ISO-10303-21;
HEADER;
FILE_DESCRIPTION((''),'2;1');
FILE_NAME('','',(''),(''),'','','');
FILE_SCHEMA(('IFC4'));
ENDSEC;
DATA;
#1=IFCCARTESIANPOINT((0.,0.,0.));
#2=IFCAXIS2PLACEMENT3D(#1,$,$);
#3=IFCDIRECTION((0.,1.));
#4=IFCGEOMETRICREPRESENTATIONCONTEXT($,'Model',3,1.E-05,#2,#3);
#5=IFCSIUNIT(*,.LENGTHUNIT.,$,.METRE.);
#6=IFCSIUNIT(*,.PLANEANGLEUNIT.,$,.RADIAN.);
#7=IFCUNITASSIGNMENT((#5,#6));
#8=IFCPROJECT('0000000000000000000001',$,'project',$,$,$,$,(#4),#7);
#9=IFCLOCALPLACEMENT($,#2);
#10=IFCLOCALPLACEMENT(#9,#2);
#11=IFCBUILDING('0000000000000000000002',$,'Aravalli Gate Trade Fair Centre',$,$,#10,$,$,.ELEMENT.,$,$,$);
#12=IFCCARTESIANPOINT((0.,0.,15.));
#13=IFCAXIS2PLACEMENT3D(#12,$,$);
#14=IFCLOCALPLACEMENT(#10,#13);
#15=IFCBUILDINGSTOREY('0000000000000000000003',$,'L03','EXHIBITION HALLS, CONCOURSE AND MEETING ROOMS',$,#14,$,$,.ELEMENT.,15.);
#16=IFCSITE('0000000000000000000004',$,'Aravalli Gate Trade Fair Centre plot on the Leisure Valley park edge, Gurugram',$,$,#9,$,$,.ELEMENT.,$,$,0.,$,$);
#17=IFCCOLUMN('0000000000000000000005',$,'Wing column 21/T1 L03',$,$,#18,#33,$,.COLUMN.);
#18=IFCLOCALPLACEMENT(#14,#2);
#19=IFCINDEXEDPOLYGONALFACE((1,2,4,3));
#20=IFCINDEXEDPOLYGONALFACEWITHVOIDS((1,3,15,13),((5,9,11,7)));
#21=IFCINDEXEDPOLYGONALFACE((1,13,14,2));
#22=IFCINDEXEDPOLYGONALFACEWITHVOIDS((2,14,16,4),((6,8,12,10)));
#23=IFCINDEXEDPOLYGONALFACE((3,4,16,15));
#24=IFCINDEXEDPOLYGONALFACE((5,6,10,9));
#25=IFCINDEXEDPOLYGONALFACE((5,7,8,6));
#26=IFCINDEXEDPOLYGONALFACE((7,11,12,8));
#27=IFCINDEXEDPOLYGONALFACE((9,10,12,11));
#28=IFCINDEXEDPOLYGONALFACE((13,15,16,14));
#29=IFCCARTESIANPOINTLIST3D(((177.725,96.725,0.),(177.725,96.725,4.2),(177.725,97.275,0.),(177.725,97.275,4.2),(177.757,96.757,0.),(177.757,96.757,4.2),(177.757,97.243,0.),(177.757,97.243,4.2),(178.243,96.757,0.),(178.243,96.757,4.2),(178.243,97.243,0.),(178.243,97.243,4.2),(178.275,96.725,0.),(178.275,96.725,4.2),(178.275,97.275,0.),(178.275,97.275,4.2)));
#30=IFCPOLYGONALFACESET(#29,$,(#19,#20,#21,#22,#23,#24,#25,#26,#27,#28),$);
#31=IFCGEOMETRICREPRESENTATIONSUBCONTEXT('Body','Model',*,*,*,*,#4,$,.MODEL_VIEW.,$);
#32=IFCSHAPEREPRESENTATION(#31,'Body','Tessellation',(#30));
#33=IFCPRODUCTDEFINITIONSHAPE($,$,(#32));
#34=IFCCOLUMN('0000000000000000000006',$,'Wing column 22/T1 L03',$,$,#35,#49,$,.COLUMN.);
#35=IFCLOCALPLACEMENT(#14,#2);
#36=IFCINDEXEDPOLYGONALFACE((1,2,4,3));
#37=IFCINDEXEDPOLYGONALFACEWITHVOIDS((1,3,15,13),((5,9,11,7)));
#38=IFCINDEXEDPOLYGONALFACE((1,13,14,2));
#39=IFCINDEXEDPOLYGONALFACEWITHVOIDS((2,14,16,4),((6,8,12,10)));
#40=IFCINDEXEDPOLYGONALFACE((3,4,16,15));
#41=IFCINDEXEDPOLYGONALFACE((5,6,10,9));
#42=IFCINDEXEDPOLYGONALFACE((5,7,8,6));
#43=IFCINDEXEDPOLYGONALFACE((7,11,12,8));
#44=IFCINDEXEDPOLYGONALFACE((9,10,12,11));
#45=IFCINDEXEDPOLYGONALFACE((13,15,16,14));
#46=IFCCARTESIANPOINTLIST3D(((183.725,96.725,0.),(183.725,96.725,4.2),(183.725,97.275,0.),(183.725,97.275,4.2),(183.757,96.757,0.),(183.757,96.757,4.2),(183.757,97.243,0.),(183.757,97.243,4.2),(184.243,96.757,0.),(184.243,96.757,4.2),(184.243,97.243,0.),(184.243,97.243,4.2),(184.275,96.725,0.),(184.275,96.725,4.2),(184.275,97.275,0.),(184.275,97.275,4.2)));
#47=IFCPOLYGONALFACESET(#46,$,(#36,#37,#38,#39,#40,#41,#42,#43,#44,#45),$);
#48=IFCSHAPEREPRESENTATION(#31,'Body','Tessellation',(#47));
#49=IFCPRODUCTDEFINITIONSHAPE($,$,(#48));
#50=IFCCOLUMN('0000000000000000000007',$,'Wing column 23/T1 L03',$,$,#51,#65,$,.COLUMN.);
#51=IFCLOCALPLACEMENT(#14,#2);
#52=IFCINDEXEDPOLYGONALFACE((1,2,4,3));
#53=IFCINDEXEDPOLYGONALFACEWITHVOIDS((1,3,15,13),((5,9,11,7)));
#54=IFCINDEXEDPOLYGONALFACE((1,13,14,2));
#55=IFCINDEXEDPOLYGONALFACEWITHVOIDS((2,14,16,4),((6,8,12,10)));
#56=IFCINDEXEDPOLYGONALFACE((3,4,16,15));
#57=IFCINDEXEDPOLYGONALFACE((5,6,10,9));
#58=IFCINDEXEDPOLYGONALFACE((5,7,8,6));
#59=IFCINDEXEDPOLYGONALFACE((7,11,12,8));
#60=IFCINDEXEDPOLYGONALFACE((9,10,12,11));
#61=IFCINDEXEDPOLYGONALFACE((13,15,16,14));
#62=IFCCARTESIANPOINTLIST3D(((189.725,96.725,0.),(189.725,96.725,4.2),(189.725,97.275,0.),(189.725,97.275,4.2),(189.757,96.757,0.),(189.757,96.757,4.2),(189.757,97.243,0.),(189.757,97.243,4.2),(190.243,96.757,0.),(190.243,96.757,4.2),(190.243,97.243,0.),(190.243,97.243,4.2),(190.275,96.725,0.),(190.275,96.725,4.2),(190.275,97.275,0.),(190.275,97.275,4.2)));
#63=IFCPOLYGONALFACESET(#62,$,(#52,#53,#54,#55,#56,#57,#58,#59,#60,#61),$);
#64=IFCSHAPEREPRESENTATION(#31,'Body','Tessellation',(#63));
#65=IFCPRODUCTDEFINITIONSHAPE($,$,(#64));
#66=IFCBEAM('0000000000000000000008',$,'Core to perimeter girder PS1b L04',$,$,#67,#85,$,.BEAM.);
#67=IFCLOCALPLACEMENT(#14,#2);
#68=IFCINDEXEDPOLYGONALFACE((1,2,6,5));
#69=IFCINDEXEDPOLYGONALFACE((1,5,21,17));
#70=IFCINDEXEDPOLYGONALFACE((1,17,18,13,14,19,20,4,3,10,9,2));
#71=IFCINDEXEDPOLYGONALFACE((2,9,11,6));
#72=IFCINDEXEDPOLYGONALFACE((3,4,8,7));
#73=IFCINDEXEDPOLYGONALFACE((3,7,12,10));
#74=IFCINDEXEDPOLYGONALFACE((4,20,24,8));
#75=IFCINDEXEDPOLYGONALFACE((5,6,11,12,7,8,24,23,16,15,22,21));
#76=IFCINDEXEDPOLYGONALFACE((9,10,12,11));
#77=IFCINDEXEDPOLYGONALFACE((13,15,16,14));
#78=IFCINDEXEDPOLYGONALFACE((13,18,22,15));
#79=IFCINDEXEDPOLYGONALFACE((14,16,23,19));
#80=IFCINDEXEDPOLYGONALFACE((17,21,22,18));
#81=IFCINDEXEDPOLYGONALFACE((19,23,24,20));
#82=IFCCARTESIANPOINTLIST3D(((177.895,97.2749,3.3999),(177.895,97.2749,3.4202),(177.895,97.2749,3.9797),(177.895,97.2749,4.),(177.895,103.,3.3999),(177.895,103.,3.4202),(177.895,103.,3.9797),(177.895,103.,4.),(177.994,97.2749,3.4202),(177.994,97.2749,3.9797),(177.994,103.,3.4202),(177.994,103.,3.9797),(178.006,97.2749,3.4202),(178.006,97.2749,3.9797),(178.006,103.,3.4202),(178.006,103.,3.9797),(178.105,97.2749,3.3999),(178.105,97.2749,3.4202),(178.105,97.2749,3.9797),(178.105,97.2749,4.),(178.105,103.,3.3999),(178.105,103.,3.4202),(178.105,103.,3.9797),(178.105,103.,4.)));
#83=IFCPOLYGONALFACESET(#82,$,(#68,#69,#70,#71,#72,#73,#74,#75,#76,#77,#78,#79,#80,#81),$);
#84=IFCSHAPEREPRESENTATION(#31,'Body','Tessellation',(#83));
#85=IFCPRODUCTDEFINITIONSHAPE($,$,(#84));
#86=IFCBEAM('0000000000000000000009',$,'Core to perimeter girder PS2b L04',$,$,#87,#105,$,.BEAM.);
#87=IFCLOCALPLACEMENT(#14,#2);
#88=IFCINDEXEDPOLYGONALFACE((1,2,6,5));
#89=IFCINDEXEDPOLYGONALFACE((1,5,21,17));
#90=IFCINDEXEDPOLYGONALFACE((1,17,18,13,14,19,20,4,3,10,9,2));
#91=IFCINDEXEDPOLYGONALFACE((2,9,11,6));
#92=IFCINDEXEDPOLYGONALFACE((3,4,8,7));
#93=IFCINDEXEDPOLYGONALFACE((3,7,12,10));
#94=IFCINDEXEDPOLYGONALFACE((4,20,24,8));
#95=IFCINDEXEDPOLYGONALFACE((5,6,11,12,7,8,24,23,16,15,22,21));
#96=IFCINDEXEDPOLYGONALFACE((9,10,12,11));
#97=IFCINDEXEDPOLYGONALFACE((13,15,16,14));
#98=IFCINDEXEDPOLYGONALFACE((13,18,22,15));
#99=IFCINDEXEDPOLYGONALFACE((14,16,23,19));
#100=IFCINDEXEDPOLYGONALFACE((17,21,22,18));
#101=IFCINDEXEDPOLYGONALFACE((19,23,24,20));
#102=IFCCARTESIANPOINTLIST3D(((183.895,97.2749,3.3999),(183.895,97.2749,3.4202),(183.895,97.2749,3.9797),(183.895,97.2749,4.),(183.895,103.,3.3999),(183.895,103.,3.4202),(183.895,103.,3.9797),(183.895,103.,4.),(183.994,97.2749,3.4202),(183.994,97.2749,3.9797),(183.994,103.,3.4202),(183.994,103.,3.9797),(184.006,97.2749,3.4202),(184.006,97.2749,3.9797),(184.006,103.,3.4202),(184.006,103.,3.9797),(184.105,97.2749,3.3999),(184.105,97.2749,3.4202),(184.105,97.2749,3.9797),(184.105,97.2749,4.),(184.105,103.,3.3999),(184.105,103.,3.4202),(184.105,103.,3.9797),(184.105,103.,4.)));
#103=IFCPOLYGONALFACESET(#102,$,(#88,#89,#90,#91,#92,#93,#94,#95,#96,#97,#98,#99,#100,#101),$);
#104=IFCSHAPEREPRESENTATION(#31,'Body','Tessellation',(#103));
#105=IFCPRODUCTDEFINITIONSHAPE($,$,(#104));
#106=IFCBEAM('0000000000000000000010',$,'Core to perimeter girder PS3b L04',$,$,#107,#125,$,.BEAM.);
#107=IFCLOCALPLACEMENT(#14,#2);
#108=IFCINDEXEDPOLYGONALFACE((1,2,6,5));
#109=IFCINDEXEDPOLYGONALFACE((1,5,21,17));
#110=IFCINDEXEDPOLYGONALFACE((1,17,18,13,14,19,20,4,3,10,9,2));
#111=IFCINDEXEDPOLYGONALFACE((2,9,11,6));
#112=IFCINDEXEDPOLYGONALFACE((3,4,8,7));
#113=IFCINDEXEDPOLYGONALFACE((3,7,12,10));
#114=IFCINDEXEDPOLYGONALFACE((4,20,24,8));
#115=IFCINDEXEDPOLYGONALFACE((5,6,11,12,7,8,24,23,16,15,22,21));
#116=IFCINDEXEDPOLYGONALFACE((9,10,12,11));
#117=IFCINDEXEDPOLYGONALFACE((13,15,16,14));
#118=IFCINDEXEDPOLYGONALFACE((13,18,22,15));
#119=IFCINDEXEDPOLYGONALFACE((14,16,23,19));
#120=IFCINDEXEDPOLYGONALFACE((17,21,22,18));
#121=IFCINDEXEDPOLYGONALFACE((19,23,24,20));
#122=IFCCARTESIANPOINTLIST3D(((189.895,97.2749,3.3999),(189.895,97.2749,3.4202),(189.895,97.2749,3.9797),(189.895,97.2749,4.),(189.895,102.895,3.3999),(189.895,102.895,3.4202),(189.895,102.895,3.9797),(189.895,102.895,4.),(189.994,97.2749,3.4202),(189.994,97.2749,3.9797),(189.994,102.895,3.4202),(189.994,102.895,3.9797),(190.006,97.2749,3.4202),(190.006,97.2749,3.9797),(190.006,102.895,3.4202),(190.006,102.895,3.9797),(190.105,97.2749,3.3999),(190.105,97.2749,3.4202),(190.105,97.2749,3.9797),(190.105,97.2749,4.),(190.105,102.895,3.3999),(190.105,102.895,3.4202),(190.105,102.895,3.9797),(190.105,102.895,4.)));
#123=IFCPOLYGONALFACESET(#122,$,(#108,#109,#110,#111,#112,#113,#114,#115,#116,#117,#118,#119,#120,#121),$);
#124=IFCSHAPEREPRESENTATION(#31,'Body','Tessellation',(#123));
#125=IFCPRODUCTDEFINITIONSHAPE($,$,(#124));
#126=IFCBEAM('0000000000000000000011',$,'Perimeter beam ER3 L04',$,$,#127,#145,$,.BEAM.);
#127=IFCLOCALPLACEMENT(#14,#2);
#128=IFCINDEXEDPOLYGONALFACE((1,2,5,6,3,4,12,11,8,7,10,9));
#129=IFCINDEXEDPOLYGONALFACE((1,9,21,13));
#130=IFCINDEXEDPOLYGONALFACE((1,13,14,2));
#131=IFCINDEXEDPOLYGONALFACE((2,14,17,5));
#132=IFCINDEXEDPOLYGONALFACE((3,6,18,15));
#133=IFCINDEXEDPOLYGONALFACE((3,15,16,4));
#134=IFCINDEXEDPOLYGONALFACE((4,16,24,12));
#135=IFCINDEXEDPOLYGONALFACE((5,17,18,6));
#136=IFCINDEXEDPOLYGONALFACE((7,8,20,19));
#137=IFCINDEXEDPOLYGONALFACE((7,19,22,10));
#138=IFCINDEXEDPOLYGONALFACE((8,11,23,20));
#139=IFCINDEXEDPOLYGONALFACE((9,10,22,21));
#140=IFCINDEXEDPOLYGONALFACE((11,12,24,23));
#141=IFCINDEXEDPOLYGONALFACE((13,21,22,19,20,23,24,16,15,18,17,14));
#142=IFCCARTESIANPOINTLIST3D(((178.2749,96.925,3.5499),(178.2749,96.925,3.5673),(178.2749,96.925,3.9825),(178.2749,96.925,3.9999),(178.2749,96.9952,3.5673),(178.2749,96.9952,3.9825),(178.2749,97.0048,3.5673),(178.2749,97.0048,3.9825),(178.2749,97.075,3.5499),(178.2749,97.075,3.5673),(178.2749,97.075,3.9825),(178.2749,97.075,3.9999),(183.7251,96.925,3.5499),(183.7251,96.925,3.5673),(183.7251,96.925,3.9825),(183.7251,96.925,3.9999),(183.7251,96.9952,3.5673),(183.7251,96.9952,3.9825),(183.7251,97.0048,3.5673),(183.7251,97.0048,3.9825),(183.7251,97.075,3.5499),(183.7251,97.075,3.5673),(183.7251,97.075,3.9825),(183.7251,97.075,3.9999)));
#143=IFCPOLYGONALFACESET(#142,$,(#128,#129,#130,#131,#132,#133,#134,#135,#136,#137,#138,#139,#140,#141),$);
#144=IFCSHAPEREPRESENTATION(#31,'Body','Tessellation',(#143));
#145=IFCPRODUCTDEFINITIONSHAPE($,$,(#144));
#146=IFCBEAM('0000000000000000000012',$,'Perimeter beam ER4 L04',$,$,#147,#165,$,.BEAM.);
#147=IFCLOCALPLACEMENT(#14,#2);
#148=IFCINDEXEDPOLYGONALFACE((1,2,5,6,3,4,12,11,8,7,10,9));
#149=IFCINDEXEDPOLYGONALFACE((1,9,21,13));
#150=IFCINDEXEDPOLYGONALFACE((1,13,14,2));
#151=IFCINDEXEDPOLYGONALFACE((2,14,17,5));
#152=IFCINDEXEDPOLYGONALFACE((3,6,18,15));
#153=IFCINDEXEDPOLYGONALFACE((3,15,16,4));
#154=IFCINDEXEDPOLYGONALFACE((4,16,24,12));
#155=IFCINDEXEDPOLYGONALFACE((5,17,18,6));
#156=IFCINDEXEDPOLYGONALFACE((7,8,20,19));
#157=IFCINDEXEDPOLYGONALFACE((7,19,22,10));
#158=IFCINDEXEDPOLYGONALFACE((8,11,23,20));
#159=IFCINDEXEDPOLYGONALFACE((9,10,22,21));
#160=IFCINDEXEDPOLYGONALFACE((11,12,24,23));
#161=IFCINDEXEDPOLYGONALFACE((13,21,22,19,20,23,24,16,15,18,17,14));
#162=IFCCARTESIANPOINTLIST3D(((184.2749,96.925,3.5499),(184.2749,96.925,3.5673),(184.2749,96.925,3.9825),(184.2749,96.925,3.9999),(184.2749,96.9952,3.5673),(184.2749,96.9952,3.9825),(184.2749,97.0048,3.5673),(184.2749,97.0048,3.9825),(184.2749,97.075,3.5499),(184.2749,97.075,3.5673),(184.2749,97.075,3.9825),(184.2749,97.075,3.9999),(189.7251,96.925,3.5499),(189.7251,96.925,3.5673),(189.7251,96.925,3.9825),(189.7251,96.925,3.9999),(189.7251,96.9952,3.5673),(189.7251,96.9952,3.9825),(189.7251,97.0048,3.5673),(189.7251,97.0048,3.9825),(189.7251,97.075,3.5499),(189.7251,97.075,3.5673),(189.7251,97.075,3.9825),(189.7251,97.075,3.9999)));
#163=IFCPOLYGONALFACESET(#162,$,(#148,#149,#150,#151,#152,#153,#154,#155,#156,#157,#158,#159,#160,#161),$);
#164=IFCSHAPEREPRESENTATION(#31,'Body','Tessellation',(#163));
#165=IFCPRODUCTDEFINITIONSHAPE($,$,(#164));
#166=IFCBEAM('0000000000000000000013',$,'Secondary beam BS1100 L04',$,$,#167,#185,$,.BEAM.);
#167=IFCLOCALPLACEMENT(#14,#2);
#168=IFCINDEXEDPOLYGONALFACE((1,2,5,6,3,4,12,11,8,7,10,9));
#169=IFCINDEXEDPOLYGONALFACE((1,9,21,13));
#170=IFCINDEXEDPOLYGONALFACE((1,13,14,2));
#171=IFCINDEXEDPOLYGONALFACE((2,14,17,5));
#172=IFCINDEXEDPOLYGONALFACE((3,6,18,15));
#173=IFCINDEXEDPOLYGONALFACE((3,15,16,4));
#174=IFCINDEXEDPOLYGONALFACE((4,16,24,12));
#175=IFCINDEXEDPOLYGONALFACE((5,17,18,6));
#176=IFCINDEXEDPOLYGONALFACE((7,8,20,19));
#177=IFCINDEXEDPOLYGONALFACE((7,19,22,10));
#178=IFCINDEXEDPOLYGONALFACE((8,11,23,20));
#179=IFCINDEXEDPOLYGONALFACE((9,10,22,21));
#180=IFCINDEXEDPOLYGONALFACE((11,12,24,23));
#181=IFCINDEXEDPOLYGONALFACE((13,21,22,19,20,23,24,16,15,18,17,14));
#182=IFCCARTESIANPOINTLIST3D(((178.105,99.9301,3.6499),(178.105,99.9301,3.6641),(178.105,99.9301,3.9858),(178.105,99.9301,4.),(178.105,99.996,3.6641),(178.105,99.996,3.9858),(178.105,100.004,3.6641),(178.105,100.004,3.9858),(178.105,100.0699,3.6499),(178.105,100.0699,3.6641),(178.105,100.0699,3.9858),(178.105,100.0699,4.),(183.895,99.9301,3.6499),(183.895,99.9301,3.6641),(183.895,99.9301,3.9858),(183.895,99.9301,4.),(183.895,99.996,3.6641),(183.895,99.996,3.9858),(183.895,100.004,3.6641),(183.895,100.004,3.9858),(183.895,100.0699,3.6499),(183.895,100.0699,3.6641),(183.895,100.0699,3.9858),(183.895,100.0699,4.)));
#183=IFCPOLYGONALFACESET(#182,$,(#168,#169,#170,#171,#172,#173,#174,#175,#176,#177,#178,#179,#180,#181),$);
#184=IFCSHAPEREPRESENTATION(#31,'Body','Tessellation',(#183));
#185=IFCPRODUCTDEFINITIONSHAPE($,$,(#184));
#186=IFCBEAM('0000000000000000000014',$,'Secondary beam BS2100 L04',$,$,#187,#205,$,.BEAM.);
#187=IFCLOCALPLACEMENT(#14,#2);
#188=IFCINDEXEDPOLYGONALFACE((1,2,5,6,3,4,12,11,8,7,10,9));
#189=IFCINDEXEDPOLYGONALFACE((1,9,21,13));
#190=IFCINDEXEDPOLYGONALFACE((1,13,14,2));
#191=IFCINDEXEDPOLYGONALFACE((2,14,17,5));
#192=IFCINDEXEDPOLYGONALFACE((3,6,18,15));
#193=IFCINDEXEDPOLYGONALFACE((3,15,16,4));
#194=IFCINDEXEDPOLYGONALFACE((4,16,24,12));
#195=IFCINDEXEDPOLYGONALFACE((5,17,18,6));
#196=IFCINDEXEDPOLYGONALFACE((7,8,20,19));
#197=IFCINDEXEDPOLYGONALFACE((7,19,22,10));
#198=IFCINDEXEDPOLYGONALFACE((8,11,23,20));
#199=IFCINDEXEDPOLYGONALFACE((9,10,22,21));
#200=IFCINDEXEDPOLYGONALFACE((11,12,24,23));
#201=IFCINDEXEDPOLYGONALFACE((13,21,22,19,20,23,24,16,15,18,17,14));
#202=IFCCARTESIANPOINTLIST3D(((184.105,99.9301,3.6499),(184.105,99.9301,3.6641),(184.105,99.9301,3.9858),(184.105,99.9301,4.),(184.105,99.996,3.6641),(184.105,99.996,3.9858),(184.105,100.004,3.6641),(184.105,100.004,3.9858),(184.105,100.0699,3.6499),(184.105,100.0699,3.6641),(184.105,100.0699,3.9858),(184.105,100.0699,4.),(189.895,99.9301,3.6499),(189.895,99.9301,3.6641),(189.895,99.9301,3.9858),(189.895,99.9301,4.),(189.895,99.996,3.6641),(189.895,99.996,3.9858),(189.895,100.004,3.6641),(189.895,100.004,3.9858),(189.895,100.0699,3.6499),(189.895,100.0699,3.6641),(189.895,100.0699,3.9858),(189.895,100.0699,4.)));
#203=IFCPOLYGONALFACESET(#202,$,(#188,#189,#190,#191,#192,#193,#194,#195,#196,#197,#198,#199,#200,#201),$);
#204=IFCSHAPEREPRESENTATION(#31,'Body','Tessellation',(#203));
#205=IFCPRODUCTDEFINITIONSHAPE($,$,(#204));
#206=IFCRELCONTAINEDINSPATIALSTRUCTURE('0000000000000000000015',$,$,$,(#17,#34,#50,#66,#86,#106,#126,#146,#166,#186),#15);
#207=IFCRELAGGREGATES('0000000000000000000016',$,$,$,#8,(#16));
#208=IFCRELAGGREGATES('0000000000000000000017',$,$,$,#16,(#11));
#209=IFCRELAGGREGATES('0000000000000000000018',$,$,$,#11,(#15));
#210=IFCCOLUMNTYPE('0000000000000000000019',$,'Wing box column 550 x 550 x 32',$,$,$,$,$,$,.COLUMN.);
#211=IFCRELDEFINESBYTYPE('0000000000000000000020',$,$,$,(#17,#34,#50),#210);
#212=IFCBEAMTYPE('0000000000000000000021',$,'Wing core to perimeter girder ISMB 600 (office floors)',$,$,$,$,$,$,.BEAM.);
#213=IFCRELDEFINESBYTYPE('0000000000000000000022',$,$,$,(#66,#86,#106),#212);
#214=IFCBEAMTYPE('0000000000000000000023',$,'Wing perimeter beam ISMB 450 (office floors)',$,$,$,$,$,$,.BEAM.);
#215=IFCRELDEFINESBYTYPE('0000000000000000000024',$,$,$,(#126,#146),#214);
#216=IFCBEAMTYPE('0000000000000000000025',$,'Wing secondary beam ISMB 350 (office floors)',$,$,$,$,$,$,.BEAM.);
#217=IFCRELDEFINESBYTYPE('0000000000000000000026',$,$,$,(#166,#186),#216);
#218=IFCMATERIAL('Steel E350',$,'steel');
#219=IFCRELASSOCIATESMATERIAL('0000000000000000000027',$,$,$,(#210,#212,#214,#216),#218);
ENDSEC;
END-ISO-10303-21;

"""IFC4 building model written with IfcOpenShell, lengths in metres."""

from ifc_helpers import new_model, si_unit, direction, frame, origin, origin_2d, place, context, subcontext, project, spatial, hollow_rectangle, i_section, extrude, material, material_profile, profile_set, type_object, element, save


model = new_model("IFC4")

# Units and contexts
model_context = context("Model", 3, precision=1e-05, world=origin(), true_north=direction((0.0, 1.0)))
body_context = subcontext(model_context, "Body", "Model", "MODEL_VIEW")
ifc_project = project(units=[si_unit("LENGTHUNIT", "METRE"), si_unit("PLANEANGLEUNIT", "RADIAN")], contexts=[model_context])

# Site, building, storey
site_placement = place(None, origin())
site = spatial("IfcSite", under=ifc_project, at=site_placement, Name="Aravalli Gate Trade Fair Centre plot on the Leisure Valley park edge, Gurugram", CompositionType="ELEMENT", RefElevation=0.0)
building_placement = place(site_placement, origin())
building = spatial("IfcBuilding", under=site, at=building_placement, Name="Aravalli Gate Trade Fair Centre", CompositionType="ELEMENT")
storey_placement = place(building_placement, frame((0.0, 0.0, 15.0)))
storey = spatial("IfcBuildingStorey", under=building, at=storey_placement, Name="L03", Description="EXHIBITION HALLS, CONCOURSE AND MEETING ROOMS", CompositionType="ELEMENT", Elevation=15.0)

# Columns
ifc_material_1 = material(Name="Steel E350", Category="steel")
ifc_material_profile_1 = material_profile(ifc_material_1, hollow_rectangle(XDim=0.55, YDim=0.55, WallThickness=0.032, at=origin_2d()), Name="BOX 550x550x32")
ifc_profile_set_1 = profile_set([ifc_material_profile_1], Name="Steel E350")
column_type = type_object("IfcColumnType", Name="Wing box column 550 x 550 x 32", PredefinedType="COLUMN", material=ifc_profile_set_1)
for number, where, z_axis, x_axis, name in (
    (1, (178.0, 97.0, 0.0), (0.0, 0.0, 1.0), (1.0, 0.0, 0.0), "Wing column 21/T1 L03"),
    (2, (184.0, 97.0, 0.0), (0.0, 0.0, 1.0), (1.0, 0.0, 0.0), "Wing column 22/T1 L03"),
    (3, (190.0, 97.0, 0.0), (0.0, 0.0, 1.0), (1.0, 0.0, 0.0), "Wing column 23/T1 L03"),
):
    element("IfcColumn", number, at=place(storey_placement, frame(where, z_axis=z_axis, x_axis=x_axis)), inside=storey, type_object=column_type, Name=name, PredefinedType="COLUMN", context=body_context, shape_type="SweptSolid", body=[
        extrude(hollow_rectangle(XDim=0.55, YDim=0.55, WallThickness=0.032, at=origin_2d()), origin(), (0.0, 0.0, 1.0), 4.2),
    ])

# Beams
ifc_material_profile_2 = material_profile(ifc_material_1, i_section(OverallWidth=0.21, OverallDepth=0.6001, WebThickness=0.012, FlangeThickness=0.0203, at=origin_2d()), Name="ISMB 600")
ifc_profile_set_2 = profile_set([ifc_material_profile_2], Name="Steel E350")
beam_type_1 = type_object("IfcBeamType", Name="Wing core to perimeter girder ISMB 600 (office floors)", PredefinedType="BEAM", material=ifc_profile_set_2)
for number, where, z_axis, x_axis, name in (
    (4, (178.0, 97.2749, 3.7), (0.0, 1.0, 0.0), (-1.0, 0.0, 0.0), "Core to perimeter girder PS1b L04"),
    (5, (184.0, 97.2749, 3.7), (0.0, 1.0, 0.0), (-1.0, 0.0, 0.0), "Core to perimeter girder PS2b L04"),
):
    element("IfcBeam", number, at=place(storey_placement, frame(where, z_axis=z_axis, x_axis=x_axis)), inside=storey, type_object=beam_type_1, Name=name, PredefinedType="BEAM", context=body_context, shape_type="SweptSolid", body=[
        extrude(i_section(OverallWidth=0.21, OverallDepth=0.6001, WebThickness=0.012, FlangeThickness=0.0203, at=origin_2d()), origin(), (0.0, 0.0, 1.0), 5.7251),
    ])
beam_placement = place(storey_placement, frame((190.0, 97.2749, 3.7), z_axis=(0.0, 1.0, 0.0), x_axis=(-1.0, 0.0, 0.0)))
element("IfcBeam", 6, at=beam_placement, inside=storey, type_object=beam_type_1, Name="Core to perimeter girder PS3b L04", PredefinedType="BEAM", context=body_context, shape_type="SweptSolid", body=[
    extrude(i_section(OverallWidth=0.21, OverallDepth=0.6001, WebThickness=0.012, FlangeThickness=0.0203, at=origin_2d()), origin(), (0.0, 0.0, 1.0), 5.6201),
])
ifc_material_profile_3 = material_profile(ifc_material_1, i_section(OverallWidth=0.1499, OverallDepth=0.45, WebThickness=0.0095, FlangeThickness=0.0173, at=origin_2d()), Name="ISMB 450")
ifc_profile_set_3 = profile_set([ifc_material_profile_3], Name="Steel E350")
beam_type_2 = type_object("IfcBeamType", Name="Wing perimeter beam ISMB 450 (office floors)", PredefinedType="BEAM", material=ifc_profile_set_3)
for number, where, z_axis, x_axis, name in (
    (7, (178.2749, 97.0, 3.7749), (1.0, 0.0, 0.0), (0.0, 1.0, 0.0), "Perimeter beam ER3 L04"),
    (8, (184.2749, 97.0, 3.7749), (1.0, 0.0, 0.0), (0.0, 1.0, 0.0), "Perimeter beam ER4 L04"),
):
    element("IfcBeam", number, at=place(storey_placement, frame(where, z_axis=z_axis, x_axis=x_axis)), inside=storey, type_object=beam_type_2, Name=name, PredefinedType="BEAM", context=body_context, shape_type="SweptSolid", body=[
        extrude(i_section(OverallWidth=0.1499, OverallDepth=0.45, WebThickness=0.0095, FlangeThickness=0.0173, at=origin_2d()), origin(), (0.0, 0.0, 1.0), 5.4502),
    ])
ifc_material_profile_4 = material_profile(ifc_material_1, i_section(OverallWidth=0.1399, OverallDepth=0.3501, WebThickness=0.0081, FlangeThickness=0.0142, at=origin_2d()), Name="ISMB 350")
ifc_profile_set_4 = profile_set([ifc_material_profile_4], Name="Steel E350")
beam_type_3 = type_object("IfcBeamType", Name="Wing secondary beam ISMB 350 (office floors)", PredefinedType="BEAM", material=ifc_profile_set_4)
for number, where, z_axis, x_axis, name in (
    (9, (178.105, 100.0, 3.825), (1.0, 0.0, 0.0), (0.0, 1.0, 0.0), "Secondary beam BS1100 L04"),
    (10, (184.105, 100.0, 3.825), (1.0, 0.0, 0.0), (0.0, 1.0, 0.0), "Secondary beam BS2100 L04"),
):
    element("IfcBeam", number, at=place(storey_placement, frame(where, z_axis=z_axis, x_axis=x_axis)), inside=storey, type_object=beam_type_3, Name=name, PredefinedType="BEAM", context=body_context, shape_type="SweptSolid", body=[
        extrude(i_section(OverallWidth=0.1399, OverallDepth=0.3501, WebThickness=0.0081, FlangeThickness=0.0142, at=origin_2d()), origin(), (0.0, 0.0, 1.0), 5.79),
    ])

save(model, "model.ifc")
